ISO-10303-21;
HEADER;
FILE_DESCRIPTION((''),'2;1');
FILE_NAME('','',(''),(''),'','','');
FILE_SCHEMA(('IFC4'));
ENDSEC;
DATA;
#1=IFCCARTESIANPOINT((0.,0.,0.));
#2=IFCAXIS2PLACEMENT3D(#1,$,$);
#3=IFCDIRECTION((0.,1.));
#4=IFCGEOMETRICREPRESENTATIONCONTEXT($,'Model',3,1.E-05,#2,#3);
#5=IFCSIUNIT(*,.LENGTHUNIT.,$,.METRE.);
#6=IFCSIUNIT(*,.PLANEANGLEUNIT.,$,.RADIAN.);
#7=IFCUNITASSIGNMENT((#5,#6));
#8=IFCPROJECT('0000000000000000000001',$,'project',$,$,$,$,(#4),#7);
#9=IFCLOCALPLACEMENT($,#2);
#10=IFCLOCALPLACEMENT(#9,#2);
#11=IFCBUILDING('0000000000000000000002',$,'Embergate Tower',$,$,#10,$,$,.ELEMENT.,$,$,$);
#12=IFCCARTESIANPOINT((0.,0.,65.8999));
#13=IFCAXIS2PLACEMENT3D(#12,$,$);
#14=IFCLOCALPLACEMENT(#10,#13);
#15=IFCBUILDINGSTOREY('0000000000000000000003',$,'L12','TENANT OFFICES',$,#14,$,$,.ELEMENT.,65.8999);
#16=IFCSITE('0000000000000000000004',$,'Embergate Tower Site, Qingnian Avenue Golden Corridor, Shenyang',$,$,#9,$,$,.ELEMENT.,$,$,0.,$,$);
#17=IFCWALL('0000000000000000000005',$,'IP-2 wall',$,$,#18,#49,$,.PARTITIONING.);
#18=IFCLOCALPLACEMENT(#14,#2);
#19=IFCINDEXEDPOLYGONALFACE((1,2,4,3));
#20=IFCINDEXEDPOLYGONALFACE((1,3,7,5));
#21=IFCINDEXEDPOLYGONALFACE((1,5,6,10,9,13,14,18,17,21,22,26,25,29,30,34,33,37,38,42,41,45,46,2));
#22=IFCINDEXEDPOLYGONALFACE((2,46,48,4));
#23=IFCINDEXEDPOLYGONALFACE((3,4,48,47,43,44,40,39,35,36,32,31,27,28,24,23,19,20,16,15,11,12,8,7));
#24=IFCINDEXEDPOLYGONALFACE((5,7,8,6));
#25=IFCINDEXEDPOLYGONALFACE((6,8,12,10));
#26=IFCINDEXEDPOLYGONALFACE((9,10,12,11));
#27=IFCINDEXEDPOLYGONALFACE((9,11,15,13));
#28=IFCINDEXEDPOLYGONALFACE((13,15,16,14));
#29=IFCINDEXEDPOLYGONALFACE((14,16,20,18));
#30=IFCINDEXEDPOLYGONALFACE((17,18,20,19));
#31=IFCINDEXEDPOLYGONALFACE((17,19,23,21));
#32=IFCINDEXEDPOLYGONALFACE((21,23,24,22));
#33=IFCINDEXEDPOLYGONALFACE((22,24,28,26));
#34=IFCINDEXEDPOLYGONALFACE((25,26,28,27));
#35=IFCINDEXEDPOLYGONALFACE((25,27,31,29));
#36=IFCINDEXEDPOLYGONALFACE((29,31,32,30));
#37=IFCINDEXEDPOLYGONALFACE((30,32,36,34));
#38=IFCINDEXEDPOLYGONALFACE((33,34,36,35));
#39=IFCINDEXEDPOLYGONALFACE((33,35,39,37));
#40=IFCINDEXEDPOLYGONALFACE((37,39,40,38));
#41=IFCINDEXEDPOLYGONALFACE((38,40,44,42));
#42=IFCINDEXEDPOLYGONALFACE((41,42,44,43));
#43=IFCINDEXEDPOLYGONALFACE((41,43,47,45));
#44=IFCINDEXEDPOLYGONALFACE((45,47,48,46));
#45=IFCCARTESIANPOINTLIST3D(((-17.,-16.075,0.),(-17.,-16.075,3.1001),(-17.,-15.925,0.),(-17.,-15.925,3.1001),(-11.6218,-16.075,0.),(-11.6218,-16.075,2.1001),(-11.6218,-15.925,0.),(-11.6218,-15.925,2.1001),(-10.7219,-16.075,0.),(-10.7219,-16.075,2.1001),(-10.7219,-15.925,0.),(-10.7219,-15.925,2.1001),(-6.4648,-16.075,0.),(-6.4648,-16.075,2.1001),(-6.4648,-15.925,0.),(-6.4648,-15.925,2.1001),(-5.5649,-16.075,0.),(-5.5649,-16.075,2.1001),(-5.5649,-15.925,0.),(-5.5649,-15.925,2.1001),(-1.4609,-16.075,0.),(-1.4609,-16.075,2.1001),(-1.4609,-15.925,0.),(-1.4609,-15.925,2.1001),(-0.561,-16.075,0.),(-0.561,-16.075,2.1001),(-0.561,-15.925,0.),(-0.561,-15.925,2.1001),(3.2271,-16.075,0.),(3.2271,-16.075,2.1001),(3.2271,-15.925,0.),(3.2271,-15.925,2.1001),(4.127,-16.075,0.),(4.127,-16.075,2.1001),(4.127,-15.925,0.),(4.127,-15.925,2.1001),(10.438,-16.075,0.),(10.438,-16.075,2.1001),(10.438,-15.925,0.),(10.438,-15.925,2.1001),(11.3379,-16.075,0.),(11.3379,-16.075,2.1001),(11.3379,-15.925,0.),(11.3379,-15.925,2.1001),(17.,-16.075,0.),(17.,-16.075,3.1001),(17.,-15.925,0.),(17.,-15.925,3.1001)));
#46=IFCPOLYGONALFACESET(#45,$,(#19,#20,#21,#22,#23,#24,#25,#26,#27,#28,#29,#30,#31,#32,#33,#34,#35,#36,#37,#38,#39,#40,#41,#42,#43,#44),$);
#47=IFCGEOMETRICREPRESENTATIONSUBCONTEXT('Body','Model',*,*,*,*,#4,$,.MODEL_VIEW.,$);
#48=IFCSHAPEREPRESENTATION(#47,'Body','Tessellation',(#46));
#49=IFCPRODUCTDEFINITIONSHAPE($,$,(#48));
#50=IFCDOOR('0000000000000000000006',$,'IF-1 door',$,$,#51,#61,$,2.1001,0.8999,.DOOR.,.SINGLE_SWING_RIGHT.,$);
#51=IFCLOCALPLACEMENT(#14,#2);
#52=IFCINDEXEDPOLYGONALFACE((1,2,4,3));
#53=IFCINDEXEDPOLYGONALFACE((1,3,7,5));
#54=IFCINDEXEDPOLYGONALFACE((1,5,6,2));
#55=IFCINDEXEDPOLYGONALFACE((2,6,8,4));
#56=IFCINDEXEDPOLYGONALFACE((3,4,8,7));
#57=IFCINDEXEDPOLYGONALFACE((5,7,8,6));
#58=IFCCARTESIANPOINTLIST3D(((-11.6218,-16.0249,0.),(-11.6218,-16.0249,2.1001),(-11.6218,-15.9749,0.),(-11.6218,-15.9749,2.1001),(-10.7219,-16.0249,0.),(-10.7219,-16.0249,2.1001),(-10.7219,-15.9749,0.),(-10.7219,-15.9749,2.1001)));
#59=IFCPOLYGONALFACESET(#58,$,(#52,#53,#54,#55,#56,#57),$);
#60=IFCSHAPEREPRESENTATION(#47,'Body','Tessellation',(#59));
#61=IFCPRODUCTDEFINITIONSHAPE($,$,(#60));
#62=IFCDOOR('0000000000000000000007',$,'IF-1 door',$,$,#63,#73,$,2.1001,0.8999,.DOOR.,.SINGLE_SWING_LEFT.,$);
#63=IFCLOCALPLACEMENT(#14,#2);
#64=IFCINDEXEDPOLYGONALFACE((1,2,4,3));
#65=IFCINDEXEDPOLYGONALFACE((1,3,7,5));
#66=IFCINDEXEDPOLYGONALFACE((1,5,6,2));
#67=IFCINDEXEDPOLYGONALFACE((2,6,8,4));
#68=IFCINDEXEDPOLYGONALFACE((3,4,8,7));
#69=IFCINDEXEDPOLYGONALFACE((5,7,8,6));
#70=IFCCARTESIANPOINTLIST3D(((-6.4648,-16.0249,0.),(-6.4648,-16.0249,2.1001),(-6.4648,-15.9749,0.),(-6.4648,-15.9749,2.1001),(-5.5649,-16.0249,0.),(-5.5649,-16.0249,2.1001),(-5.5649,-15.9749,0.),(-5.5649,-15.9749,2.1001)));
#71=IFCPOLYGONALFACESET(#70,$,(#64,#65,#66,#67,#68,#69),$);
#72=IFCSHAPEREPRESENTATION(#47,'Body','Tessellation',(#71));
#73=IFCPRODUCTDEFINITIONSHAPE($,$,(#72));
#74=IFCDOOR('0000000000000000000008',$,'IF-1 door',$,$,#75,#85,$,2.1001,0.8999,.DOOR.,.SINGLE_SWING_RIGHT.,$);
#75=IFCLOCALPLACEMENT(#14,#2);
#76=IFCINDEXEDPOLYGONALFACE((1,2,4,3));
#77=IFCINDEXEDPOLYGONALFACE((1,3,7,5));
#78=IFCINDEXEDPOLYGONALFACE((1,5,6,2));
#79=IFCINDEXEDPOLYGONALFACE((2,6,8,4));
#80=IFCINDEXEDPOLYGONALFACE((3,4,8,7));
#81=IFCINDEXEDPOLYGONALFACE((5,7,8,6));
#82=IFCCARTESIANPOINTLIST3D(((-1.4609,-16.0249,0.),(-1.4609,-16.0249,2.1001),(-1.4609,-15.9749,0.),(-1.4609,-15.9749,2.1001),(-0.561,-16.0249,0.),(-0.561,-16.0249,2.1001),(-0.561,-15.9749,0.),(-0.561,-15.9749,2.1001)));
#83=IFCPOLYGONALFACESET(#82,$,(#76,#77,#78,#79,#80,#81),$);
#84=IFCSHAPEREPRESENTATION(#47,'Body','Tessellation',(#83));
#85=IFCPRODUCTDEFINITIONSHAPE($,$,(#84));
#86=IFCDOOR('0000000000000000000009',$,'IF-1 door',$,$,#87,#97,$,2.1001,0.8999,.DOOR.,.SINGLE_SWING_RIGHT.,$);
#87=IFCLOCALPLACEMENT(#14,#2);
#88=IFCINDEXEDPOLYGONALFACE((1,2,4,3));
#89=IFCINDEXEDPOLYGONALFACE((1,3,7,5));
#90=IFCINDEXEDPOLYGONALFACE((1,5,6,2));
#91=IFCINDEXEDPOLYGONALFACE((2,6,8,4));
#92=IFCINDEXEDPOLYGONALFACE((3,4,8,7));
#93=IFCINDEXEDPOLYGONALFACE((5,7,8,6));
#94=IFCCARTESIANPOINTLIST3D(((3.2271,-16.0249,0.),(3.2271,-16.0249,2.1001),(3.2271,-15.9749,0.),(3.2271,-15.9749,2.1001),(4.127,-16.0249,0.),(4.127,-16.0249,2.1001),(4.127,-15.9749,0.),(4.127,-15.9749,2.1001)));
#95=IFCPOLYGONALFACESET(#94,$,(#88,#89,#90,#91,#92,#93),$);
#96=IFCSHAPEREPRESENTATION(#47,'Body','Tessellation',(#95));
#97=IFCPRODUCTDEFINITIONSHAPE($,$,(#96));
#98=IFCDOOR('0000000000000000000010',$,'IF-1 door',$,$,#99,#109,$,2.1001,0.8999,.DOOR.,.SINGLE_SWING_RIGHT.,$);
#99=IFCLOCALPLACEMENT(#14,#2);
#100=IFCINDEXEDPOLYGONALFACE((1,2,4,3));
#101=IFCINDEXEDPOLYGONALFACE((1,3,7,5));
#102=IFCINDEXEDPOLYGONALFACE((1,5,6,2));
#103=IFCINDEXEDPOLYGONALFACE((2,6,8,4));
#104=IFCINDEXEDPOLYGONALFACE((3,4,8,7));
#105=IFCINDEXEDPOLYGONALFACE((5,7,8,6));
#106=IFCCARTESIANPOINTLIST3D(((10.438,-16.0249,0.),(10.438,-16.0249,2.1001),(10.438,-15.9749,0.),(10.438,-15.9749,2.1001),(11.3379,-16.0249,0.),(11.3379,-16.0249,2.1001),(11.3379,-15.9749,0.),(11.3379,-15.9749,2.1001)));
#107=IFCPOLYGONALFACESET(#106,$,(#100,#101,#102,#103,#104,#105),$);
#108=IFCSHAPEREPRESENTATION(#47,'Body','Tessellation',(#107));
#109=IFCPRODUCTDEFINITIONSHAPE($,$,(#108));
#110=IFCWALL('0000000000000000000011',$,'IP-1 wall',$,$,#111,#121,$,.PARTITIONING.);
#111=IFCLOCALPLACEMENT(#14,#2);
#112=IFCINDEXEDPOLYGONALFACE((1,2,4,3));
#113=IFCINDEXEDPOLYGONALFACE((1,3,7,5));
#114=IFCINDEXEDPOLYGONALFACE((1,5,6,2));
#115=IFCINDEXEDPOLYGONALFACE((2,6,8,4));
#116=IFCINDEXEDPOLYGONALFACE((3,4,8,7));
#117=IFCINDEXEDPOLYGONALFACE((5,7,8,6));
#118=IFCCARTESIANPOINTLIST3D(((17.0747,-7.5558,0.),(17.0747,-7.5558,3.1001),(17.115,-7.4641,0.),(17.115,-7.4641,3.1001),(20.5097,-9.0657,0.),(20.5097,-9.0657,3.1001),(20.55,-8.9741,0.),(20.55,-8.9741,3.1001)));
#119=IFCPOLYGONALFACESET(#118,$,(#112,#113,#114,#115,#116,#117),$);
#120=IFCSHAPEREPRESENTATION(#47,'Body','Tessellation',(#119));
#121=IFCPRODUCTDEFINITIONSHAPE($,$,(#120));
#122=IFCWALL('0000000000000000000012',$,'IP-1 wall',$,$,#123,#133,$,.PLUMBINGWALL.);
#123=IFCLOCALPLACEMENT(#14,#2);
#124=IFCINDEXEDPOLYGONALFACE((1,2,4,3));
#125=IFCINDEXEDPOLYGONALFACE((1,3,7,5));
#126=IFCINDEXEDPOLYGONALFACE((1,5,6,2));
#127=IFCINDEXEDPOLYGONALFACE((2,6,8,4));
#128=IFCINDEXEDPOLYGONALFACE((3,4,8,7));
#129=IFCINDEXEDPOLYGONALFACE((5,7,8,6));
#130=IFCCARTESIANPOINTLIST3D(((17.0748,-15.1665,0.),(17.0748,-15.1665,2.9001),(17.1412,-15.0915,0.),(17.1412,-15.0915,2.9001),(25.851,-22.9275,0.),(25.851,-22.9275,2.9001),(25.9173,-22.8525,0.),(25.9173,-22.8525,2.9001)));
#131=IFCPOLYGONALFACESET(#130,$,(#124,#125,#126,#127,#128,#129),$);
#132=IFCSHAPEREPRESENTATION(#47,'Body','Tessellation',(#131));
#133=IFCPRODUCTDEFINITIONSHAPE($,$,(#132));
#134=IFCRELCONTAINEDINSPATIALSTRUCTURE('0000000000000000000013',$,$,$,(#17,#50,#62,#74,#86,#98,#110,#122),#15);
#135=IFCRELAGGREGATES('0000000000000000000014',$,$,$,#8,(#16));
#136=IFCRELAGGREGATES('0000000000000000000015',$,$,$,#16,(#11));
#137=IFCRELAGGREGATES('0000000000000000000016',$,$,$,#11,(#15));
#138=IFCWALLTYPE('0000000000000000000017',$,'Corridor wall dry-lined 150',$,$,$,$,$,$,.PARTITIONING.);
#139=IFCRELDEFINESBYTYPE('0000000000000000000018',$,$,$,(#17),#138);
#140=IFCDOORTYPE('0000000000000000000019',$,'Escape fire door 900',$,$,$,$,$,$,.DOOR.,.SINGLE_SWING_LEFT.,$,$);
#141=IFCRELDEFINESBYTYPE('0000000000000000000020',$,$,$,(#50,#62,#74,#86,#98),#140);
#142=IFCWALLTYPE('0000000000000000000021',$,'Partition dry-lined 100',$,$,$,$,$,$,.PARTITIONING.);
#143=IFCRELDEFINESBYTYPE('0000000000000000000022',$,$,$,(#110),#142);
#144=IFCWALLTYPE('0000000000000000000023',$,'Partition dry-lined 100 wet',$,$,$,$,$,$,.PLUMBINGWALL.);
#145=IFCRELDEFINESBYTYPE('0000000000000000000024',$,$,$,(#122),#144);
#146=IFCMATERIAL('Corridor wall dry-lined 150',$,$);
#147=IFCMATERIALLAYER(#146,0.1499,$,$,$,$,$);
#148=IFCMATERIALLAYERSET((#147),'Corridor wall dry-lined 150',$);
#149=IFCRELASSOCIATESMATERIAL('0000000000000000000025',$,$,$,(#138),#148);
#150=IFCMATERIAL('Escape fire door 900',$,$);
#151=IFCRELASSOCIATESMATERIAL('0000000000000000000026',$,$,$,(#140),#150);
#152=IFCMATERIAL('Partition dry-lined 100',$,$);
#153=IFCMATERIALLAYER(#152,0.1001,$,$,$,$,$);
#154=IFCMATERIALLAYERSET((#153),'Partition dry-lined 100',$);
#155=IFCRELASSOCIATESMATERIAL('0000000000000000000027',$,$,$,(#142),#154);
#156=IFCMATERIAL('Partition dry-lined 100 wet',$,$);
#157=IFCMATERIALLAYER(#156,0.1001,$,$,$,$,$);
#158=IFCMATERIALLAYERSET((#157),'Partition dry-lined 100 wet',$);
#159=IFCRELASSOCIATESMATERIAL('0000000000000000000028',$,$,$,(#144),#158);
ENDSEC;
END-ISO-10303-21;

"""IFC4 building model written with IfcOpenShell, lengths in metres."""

from ifc_helpers import new_model, si_unit, direction, frame, frame_2d, origin, place, context, subcontext, project, spatial, rectangle, extrude, source, transform, mapped, material, layer, layer_set, type_object, element, fill, save


model = new_model("IFC4")

# Units and contexts
model_context = context("Model", 3, precision=1e-05, world=origin(), true_north=direction((0.0, 1.0)))
body_context = subcontext(model_context, "Body", "Model", "MODEL_VIEW")
ifc_project = project(units=[si_unit("LENGTHUNIT", "METRE"), si_unit("PLANEANGLEUNIT", "RADIAN")], contexts=[model_context])

# Site, building, storey
site_placement = place(None, origin())
site = spatial("IfcSite", under=ifc_project, at=site_placement, Name="Embergate Tower Site, Qingnian Avenue Golden Corridor, Shenyang", CompositionType="ELEMENT", RefElevation=0.0)
building_placement = place(site_placement, origin())
building = spatial("IfcBuilding", under=site, at=building_placement, Name="Embergate Tower", CompositionType="ELEMENT")
storey_placement = place(building_placement, frame((0.0, 0.0, 65.8999)))
storey = spatial("IfcBuildingStorey", under=building, at=storey_placement, Name="L12", Description="TENANT OFFICES", CompositionType="ELEMENT", Elevation=65.8999)

# Shared definitions
shared_shape_1 = source(origin(), body_context, "Body", "SweptSolid", [
    extrude(rectangle(XDim=0.8999, YDim=2.1001, at=frame_2d((0.45, 1.05))), frame((0.0, 0.0249, 0.0), z_axis=(0.0, -1.0, 0.0), x_axis=(1.0, 0.0, 0.0)), (0.0, 0.0, 1.0), 0.05),
])

# Wall, openings, doors
ifc_material_1 = material(Name="Corridor wall dry-lined 150")
ifc_layer_1 = layer(ifc_material_1, 0.1499)
ifc_layer_set_1 = layer_set([ifc_layer_1], Name="Corridor wall dry-lined 150")
wall_type_1 = type_object("IfcWallType", Name="Corridor wall dry-lined 150", PredefinedType="PARTITIONING", material=ifc_layer_set_1)
shared_shape_2 = source(origin(), body_context, "Body", "SweptSolid", [
    extrude(rectangle(XDim=34.0, YDim=0.1499, at=frame_2d((17.0, 0.0))), origin(), (0.0, 0.0, 1.0), 3.1001),
])
wall_1_placement = place(storey_placement, frame((17.0, -16.0, 0.0), z_axis=(0.0, 0.0, 1.0), x_axis=(-1.0, 0.0, 0.0)))
wall_1 = element("IfcWall", 1, at=wall_1_placement, inside=storey, type_object=wall_type_1, Name="IP-2 wall", PredefinedType="PARTITIONING", context=body_context, shape_type="MappedRepresentation", body=[
    mapped(shared_shape_2, transform((0.0, 0.0, 0.0))),
])
shared_shape_3 = source(origin(), body_context, "Body", "SweptSolid", [
    extrude(rectangle(XDim=0.8999, YDim=2.1001, at=frame_2d((0.45, 1.05))), frame((0.0, 0.085, 0.0), z_axis=(0.0, -1.0, 0.0), x_axis=(1.0, 0.0, 0.0)), (0.0, 0.0, 1.0), 0.1699),
])
opening_1_placement = place(wall_1_placement, frame((27.7219, 0.0, 0.0)))
opening_1 = element("IfcOpeningElement", 2, at=opening_1_placement, cuts=wall_1, PredefinedType="OPENING", context=body_context, shape_type="MappedRepresentation", body=[
    mapped(shared_shape_3, transform((0.0, 0.0, 0.0))),
])
opening_2_placement = place(wall_1_placement, frame((22.5649, 0.0, 0.0)))
opening_2 = element("IfcOpeningElement", 3, at=opening_2_placement, cuts=wall_1, PredefinedType="OPENING", context=body_context, shape_type="MappedRepresentation", body=[
    mapped(shared_shape_3, transform((0.0, 0.0, 0.0))),
])
opening_3_placement = place(wall_1_placement, frame((17.561, 0.0, 0.0)))
opening_3 = element("IfcOpeningElement", 4, at=opening_3_placement, cuts=wall_1, PredefinedType="OPENING", context=body_context, shape_type="MappedRepresentation", body=[
    mapped(shared_shape_3, transform((0.0, 0.0, 0.0))),
])
opening_4_placement = place(wall_1_placement, frame((12.873, 0.0, 0.0)))
opening_4 = element("IfcOpeningElement", 5, at=opening_4_placement, cuts=wall_1, PredefinedType="OPENING", context=body_context, shape_type="MappedRepresentation", body=[
    mapped(shared_shape_3, transform((0.0, 0.0, 0.0))),
])
opening_5_placement = place(wall_1_placement, frame((5.6621, 0.0, 0.0)))
opening_5 = element("IfcOpeningElement", 6, at=opening_5_placement, cuts=wall_1, PredefinedType="OPENING", context=body_context, shape_type="MappedRepresentation", body=[
    mapped(shared_shape_3, transform((0.0, 0.0, 0.0))),
])
ifc_material_2 = material(Name="Escape fire door 900")
door_type_1 = type_object("IfcDoorType", Name="Escape fire door 900", OperationType="SINGLE_SWING_LEFT", PredefinedType="DOOR", material=ifc_material_2)
door_1_placement = place(opening_1_placement, origin())
door_1 = element("IfcDoor", 7, at=door_1_placement, inside=storey, type_object=door_type_1, Name="IF-1 door", OperationType="SINGLE_SWING_RIGHT", OverallHeight=2.1001, OverallWidth=0.8999, PredefinedType="DOOR", context=body_context, shape_type="MappedRepresentation", body=[
    mapped(shared_shape_1, transform((0.0, 0.0, 0.0))),
])
fill(opening_1, door_1)
door_2_placement = place(opening_2_placement, origin())
door_2 = element("IfcDoor", 8, at=door_2_placement, inside=storey, type_object=door_type_1, Name="IF-1 door", OperationType="SINGLE_SWING_LEFT", OverallHeight=2.1001, OverallWidth=0.8999, PredefinedType="DOOR", context=body_context, shape_type="MappedRepresentation", body=[
    mapped(shared_shape_1, transform((0.0, 0.0, 0.0))),
])
fill(opening_2, door_2)
door_3_placement = place(opening_3_placement, origin())
door_3 = element("IfcDoor", 9, at=door_3_placement, inside=storey, type_object=door_type_1, Name="IF-1 door", OperationType="SINGLE_SWING_RIGHT", OverallHeight=2.1001, OverallWidth=0.8999, PredefinedType="DOOR", context=body_context, shape_type="MappedRepresentation", body=[
    mapped(shared_shape_1, transform((0.0, 0.0, 0.0))),
])
fill(opening_3, door_3)
door_4_placement = place(opening_4_placement, origin())
door_4 = element("IfcDoor", 10, at=door_4_placement, inside=storey, type_object=door_type_1, Name="IF-1 door", OperationType="SINGLE_SWING_RIGHT", OverallHeight=2.1001, OverallWidth=0.8999, PredefinedType="DOOR", context=body_context, shape_type="MappedRepresentation", body=[
    mapped(shared_shape_1, transform((0.0, 0.0, 0.0))),
])
fill(opening_4, door_4)
door_5_placement = place(opening_5_placement, origin())
door_5 = element("IfcDoor", 11, at=door_5_placement, inside=storey, type_object=door_type_1, Name="IF-1 door", OperationType="SINGLE_SWING_RIGHT", OverallHeight=2.1001, OverallWidth=0.8999, PredefinedType="DOOR", context=body_context, shape_type="MappedRepresentation", body=[
    mapped(shared_shape_1, transform((0.0, 0.0, 0.0))),
])
fill(opening_5, door_5)

# Walls
ifc_material_3 = material(Name="Partition dry-lined 100")
ifc_layer_2 = layer(ifc_material_3, 0.1001)
ifc_layer_set_2 = layer_set([ifc_layer_2], Name="Partition dry-lined 100")
wall_type_2 = type_object("IfcWallType", Name="Partition dry-lined 100", PredefinedType="PARTITIONING", material=ifc_layer_set_2)
shared_shape_4 = source(origin(), body_context, "Body", "SweptSolid", [
    extrude(rectangle(XDim=3.7522, YDim=0.1001, at=frame_2d((1.876, 0.0))), origin(), (0.0, 0.0, 1.0), 3.1001),
])
wall_2_placement = place(storey_placement, frame((17.095, -7.51, 0.0), z_axis=(0.0, 0.0, 1.0), x_axis=(0.915454, -0.402422, 0.0)))
element("IfcWall", 12, at=wall_2_placement, inside=storey, type_object=wall_type_2, Name="IP-1 wall", PredefinedType="PARTITIONING", context=body_context, shape_type="MappedRepresentation", body=[
    mapped(shared_shape_4, transform((0.0, 0.0, 0.0))),
])
ifc_material_4 = material(Name="Partition dry-lined 100 wet")
ifc_layer_3 = layer(ifc_material_4, 0.1001)
ifc_layer_set_3 = layer_set([ifc_layer_3], Name="Partition dry-lined 100 wet")
wall_type_3 = type_object("IfcWallType", Name="Partition dry-lined 100 wet", PredefinedType="PLUMBINGWALL", material=ifc_layer_set_3)
shared_shape_5 = source(origin(), body_context, "Body", "SweptSolid", [
    extrude(rectangle(XDim=11.7156, YDim=0.1001, at=frame_2d((5.8579, 0.0))), origin(), (0.0, 0.0, 1.0), 2.9001),
])
wall_3_placement = place(storey_placement, frame((17.1079, -15.1289, 0.0), z_axis=(0.0, 0.0, 1.0), x_axis=(0.749103, -0.662454, 0.0)))
element("IfcWall", 13, at=wall_3_placement, inside=storey, type_object=wall_type_3, Name="IP-1 wall", PredefinedType="PLUMBINGWALL", context=body_context, shape_type="MappedRepresentation", body=[
    mapped(shared_shape_5, transform((0.0, 0.0, 0.0))),
])

save(model, "model.ifc")
